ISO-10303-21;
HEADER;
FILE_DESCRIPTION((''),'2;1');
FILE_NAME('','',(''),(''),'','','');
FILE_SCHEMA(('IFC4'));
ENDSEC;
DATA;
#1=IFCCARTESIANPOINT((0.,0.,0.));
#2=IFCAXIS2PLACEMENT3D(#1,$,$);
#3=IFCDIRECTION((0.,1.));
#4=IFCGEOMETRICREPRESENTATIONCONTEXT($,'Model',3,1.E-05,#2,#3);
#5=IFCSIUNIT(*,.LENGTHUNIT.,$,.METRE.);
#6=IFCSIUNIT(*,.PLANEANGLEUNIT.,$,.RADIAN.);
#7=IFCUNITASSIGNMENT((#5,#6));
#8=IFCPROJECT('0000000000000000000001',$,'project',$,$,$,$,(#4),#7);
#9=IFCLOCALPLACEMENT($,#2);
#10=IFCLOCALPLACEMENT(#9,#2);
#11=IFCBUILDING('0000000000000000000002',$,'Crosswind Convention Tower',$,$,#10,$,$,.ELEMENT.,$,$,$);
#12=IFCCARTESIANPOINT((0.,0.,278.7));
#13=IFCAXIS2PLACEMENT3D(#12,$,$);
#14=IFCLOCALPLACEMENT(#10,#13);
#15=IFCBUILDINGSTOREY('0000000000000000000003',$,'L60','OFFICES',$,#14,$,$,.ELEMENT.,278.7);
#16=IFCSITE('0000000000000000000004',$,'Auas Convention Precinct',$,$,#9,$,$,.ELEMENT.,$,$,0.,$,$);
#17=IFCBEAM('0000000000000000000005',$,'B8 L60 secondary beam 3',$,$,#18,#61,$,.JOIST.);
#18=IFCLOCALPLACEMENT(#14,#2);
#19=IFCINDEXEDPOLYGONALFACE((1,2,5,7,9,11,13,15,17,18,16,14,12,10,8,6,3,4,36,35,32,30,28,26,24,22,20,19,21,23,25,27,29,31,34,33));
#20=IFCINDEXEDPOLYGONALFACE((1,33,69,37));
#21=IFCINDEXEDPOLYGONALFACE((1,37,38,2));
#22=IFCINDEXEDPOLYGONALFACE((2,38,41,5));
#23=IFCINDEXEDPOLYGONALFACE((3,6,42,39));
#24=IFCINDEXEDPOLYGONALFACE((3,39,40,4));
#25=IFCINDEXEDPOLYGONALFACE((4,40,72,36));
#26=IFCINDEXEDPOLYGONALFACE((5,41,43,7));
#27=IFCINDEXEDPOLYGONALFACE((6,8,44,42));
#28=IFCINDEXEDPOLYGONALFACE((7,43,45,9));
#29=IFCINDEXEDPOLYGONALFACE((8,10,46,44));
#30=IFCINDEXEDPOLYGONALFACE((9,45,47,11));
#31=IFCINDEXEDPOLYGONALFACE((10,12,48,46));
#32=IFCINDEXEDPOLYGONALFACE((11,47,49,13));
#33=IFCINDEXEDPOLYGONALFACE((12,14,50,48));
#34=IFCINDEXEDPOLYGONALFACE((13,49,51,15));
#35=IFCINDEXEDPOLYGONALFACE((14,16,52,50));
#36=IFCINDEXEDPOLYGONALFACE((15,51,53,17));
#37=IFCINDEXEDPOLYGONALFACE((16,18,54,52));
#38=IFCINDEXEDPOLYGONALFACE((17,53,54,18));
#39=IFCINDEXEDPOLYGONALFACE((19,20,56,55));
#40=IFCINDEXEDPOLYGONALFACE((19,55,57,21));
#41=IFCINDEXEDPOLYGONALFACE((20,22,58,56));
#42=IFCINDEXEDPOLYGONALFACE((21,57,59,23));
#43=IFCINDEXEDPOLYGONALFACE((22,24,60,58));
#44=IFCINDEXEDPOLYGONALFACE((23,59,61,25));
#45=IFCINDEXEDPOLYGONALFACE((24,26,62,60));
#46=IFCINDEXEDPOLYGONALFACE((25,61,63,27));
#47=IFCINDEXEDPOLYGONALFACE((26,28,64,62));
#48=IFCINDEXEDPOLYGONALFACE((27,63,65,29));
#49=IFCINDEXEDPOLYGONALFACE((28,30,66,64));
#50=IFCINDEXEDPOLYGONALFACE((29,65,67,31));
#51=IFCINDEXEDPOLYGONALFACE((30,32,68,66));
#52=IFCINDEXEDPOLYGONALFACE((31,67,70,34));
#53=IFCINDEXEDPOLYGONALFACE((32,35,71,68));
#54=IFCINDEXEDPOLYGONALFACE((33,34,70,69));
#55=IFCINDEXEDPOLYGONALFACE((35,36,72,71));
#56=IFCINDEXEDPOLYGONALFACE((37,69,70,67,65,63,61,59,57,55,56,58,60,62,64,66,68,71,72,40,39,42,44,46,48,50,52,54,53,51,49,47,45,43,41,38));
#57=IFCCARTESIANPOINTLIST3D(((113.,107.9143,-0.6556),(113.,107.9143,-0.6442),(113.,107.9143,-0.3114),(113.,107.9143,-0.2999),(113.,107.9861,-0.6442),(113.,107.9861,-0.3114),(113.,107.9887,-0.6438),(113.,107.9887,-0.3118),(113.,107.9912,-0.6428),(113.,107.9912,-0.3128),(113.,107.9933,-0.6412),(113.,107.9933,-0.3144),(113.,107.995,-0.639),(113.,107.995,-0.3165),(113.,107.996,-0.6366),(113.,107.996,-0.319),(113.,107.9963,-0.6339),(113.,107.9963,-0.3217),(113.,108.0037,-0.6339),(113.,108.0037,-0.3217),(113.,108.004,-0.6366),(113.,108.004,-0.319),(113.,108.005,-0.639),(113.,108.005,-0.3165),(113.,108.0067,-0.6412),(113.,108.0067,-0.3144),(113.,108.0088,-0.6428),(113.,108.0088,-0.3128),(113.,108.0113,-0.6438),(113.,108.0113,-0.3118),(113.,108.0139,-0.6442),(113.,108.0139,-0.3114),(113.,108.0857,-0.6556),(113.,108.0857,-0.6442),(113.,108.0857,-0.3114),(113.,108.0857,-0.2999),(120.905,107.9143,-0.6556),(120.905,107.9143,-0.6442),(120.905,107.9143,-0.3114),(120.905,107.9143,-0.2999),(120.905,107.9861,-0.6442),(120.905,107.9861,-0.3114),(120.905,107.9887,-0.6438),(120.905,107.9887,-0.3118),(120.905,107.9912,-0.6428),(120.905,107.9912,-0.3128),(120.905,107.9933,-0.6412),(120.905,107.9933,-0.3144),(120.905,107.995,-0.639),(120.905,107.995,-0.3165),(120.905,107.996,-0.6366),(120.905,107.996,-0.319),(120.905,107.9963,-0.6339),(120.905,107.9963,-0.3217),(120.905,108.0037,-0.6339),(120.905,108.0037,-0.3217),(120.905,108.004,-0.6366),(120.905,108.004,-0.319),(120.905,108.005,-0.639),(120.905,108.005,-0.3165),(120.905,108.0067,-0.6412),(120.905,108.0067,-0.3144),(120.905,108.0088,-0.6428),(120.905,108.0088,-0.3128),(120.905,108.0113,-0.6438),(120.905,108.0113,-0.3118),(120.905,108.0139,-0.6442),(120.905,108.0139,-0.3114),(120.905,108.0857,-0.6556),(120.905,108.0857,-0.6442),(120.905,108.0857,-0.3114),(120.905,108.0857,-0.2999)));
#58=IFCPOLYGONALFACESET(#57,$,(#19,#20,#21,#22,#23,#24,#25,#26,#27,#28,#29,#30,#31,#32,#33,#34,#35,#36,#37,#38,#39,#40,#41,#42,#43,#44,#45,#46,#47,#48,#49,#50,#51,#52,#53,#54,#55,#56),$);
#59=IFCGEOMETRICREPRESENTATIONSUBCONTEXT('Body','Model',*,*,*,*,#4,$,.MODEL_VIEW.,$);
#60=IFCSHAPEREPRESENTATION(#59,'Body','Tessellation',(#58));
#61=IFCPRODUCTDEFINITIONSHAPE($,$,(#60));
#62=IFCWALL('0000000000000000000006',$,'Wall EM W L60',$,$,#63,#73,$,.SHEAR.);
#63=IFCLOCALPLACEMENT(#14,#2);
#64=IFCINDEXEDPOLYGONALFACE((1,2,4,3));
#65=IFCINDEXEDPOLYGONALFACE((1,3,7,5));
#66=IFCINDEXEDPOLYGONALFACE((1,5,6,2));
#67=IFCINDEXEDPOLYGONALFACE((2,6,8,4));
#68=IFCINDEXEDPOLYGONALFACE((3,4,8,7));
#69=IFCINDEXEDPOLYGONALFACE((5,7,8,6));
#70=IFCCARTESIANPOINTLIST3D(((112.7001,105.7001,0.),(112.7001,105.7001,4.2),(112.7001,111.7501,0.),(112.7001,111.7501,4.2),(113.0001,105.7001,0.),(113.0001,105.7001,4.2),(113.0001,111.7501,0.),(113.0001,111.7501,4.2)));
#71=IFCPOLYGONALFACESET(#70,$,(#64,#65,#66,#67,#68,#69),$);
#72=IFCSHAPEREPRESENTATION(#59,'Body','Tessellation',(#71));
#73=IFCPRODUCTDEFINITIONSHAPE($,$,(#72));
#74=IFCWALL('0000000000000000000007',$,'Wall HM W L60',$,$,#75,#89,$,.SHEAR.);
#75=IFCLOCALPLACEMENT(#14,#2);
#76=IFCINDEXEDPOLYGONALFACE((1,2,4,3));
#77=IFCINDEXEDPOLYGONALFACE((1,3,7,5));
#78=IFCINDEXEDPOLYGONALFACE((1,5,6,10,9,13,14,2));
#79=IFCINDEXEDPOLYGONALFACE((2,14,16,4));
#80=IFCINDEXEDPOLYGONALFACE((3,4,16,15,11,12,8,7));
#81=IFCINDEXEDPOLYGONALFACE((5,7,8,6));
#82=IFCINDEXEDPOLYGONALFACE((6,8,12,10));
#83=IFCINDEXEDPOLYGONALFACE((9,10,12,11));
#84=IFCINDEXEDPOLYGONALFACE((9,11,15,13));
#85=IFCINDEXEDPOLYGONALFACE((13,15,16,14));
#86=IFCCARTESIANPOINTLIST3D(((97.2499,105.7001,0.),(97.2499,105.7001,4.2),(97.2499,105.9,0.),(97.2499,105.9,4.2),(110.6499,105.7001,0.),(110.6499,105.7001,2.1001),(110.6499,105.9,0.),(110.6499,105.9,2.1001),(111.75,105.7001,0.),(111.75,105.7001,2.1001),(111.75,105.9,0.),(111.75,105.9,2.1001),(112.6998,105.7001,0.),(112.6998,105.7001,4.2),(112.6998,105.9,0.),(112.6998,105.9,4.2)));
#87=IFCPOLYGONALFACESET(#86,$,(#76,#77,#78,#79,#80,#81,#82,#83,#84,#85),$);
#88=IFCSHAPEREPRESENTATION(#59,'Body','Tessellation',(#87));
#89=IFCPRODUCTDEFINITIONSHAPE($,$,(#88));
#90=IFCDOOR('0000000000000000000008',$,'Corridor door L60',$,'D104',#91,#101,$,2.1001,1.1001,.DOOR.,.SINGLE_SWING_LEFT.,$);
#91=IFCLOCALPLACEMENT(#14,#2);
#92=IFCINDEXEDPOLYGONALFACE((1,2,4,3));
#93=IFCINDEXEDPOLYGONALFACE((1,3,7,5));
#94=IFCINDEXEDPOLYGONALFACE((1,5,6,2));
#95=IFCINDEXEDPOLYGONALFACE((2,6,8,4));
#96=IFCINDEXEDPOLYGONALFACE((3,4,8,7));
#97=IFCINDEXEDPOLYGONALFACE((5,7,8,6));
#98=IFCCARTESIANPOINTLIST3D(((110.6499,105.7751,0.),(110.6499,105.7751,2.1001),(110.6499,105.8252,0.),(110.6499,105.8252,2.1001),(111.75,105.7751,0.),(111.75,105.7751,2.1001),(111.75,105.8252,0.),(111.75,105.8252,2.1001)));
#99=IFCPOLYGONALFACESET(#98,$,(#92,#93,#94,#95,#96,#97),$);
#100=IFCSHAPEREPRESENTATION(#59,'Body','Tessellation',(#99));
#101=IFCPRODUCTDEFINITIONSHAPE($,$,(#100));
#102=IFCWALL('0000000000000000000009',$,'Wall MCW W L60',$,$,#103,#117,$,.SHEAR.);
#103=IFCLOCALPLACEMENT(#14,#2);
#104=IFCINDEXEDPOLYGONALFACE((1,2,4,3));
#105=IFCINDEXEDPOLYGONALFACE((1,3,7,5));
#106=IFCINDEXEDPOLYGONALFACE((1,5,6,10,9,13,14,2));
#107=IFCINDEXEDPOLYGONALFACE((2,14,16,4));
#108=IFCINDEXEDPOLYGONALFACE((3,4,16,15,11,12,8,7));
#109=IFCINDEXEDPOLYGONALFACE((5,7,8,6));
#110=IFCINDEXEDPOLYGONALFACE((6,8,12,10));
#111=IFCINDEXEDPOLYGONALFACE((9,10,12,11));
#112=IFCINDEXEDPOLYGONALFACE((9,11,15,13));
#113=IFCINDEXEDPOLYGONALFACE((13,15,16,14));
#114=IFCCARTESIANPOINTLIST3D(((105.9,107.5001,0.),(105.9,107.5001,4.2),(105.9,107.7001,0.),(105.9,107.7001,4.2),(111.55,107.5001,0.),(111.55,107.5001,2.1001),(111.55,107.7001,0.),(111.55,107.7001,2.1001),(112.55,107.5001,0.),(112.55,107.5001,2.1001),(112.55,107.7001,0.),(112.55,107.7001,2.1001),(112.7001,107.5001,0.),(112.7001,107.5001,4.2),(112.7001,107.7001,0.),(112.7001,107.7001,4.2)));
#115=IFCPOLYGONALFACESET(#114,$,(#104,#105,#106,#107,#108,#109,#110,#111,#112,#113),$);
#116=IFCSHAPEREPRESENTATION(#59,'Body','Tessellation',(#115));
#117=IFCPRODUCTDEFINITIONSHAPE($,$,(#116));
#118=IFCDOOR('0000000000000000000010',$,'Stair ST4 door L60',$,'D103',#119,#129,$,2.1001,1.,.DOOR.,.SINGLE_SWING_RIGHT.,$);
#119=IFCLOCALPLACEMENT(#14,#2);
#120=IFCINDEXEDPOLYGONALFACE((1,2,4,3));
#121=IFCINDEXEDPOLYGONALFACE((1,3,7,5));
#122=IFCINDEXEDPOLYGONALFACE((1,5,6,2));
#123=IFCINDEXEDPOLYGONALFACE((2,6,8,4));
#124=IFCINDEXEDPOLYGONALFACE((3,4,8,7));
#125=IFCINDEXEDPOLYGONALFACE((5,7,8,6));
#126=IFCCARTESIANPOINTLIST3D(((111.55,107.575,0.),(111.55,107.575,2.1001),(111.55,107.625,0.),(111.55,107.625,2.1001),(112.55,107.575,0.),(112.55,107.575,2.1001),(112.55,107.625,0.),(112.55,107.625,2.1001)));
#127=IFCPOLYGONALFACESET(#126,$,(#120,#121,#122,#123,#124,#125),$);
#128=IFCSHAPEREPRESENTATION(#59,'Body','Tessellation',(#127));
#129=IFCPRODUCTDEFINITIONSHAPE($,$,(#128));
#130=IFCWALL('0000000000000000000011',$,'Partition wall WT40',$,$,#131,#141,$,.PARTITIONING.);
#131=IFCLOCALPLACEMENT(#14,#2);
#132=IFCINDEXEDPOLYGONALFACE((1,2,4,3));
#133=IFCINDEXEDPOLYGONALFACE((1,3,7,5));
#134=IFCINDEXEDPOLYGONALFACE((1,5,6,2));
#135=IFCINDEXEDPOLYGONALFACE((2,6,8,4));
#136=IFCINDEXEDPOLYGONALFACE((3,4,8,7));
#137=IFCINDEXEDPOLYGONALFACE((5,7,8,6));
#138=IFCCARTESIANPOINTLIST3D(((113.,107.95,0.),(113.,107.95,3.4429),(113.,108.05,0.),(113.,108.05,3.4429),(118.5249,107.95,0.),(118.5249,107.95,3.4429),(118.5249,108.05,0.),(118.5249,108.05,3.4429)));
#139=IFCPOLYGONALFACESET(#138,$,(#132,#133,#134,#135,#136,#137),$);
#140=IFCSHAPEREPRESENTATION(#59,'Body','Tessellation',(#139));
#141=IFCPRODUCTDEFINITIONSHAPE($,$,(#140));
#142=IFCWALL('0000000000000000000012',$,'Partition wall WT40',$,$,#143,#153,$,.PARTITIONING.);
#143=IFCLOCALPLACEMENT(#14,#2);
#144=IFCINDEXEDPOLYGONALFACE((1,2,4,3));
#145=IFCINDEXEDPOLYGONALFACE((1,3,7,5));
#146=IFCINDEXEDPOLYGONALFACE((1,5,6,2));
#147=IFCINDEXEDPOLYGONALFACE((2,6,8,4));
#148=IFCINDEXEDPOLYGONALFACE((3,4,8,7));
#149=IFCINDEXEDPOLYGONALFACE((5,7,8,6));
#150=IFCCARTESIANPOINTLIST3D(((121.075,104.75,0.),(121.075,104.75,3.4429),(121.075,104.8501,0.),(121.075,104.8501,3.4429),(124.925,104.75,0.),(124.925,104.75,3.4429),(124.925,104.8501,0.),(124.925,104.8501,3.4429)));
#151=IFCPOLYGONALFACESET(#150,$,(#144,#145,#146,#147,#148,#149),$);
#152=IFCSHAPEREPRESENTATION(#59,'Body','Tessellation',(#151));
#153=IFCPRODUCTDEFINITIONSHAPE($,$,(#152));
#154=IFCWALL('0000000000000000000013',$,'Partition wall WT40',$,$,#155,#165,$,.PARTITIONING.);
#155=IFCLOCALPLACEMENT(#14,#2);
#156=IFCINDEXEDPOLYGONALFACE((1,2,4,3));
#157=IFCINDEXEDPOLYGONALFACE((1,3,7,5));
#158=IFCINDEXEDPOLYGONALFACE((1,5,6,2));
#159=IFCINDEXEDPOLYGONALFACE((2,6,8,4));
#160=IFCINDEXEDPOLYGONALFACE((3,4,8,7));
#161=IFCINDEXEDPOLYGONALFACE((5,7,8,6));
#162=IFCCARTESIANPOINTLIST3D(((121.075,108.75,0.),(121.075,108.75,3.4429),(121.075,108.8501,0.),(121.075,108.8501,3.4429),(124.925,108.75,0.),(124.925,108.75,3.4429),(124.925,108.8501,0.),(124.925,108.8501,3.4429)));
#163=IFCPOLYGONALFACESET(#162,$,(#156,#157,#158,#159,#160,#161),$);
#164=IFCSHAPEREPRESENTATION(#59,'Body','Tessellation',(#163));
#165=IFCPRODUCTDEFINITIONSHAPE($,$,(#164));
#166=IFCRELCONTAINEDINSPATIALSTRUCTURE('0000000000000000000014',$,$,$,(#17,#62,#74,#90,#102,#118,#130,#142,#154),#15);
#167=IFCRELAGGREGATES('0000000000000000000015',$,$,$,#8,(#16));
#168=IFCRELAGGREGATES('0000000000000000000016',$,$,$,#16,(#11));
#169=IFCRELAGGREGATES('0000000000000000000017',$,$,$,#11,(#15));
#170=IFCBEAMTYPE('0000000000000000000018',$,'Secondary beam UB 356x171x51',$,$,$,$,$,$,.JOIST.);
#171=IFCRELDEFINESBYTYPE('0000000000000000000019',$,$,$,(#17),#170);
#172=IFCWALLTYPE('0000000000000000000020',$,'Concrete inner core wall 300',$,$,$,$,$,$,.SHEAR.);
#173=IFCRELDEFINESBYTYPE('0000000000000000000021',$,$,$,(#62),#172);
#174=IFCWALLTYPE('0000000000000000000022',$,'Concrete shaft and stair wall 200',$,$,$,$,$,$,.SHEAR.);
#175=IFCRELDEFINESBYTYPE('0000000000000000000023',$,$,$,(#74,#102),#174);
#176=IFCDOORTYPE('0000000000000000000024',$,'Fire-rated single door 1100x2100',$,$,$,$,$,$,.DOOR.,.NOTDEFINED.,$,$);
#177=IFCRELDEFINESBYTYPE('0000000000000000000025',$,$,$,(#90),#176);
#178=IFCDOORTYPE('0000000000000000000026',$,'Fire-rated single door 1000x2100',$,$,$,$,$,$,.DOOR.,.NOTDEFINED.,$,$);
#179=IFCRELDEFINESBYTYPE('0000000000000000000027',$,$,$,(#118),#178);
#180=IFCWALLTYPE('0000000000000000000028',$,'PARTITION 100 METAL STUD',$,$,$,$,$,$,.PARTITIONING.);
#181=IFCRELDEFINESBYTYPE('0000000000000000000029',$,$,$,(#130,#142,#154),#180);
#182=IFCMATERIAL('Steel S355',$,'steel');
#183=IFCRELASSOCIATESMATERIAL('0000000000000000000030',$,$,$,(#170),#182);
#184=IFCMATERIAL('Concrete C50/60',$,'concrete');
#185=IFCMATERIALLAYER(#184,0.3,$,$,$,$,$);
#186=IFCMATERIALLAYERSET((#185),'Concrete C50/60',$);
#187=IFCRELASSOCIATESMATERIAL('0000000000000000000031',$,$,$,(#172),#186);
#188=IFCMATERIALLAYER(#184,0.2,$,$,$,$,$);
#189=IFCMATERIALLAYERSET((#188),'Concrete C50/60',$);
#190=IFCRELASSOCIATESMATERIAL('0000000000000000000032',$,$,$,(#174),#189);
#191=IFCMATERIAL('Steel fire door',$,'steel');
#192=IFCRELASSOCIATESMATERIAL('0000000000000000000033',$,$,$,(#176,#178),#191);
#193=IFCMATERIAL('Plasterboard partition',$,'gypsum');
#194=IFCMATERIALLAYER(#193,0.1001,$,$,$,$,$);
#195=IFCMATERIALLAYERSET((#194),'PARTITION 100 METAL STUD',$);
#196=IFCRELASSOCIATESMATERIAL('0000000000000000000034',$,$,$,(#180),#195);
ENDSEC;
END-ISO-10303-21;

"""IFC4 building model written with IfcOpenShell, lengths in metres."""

from ifc_helpers import new_model, si_unit, direction, frame, frame_2d, origin, origin_2d, place, context, subcontext, project, spatial, rectangle, i_section, extrude, material, layer, layer_set, material_profile, profile_set, type_object, element, fill, save


model = new_model("IFC4")

# Units and contexts
model_context = context("Model", 3, precision=1e-05, world=origin(), true_north=direction((0.0, 1.0)))
body_context = subcontext(model_context, "Body", "Model", "MODEL_VIEW")
ifc_project = project(units=[si_unit("LENGTHUNIT", "METRE"), si_unit("PLANEANGLEUNIT", "RADIAN")], contexts=[model_context])

# Site, building, storey
site_placement = place(None, origin())
site = spatial("IfcSite", under=ifc_project, at=site_placement, Name="Auas Convention Precinct", CompositionType="ELEMENT", RefElevation=0.0)
building_placement = place(site_placement, origin())
building = spatial("IfcBuilding", under=site, at=building_placement, Name="Crosswind Convention Tower", CompositionType="ELEMENT")
storey_placement = place(building_placement, frame((0.0, 0.0, 278.7)))
storey = spatial("IfcBuildingStorey", under=building, at=storey_placement, Name="L60", Description="OFFICES", CompositionType="ELEMENT", Elevation=278.7)

# Beam
ifc_material_1 = material(Name="Steel S355", Category="steel")
ifc_material_profile_1 = material_profile(ifc_material_1, i_section(OverallWidth=0.1714, OverallDepth=0.3557, WebThickness=0.0073, FlangeThickness=0.0115, FilletRadius=0.0103, at=origin_2d()), Name="UB 356x171x51")
ifc_profile_set_1 = profile_set([ifc_material_profile_1], Name="Steel S355")
beam_type_1 = type_object("IfcBeamType", Name="Secondary beam UB 356x171x51", PredefinedType="JOIST", material=ifc_profile_set_1)
for number, where, z_axis, x_axis, name in (
    (1, (113.0, 108.0, -0.4778), (1.0, 0.0, 0.0), (0.0, 1.0, 0.0), "B8 L60 secondary beam 3"),
):
    element("IfcBeam", number, at=place(storey_placement, frame(where, z_axis=z_axis, x_axis=x_axis)), inside=storey, type_object=beam_type_1, Name=name, PredefinedType="JOIST", context=body_context, shape_type="SweptSolid", body=[
        extrude(i_section(OverallWidth=0.1714, OverallDepth=0.3557, WebThickness=0.0073, FlangeThickness=0.0115, FilletRadius=0.0103, at=origin_2d()), origin(), (0.0, 0.0, 1.0), 7.905),
    ])

# Shared definitions
ifc_material_2 = material(Name="Concrete C50/60", Category="concrete")
ifc_layer_1 = layer(ifc_material_2, 0.3)
ifc_layer_set_1 = layer_set([ifc_layer_1], Name="Concrete C50/60")
wall_type_1 = type_object("IfcWallType", Name="Concrete inner core wall 300", PredefinedType="SHEAR", material=ifc_layer_set_1)

# Wall
wall_1_placement = place(storey_placement, frame((112.8501, 111.75, 0.0), z_axis=(0.0, 0.0, 1.0), x_axis=(0.0, -1.0, 0.0)))
element("IfcWall", 2, at=wall_1_placement, inside=storey, type_object=wall_type_1, Name="Wall EM W L60", PredefinedType="SHEAR", context=body_context, shape_type="SweptSolid", body=[
    extrude(rectangle(XDim=6.05, YDim=0.3, at=frame_2d((3.0249, 0.0))), origin(), (0.0, 0.0, 1.0), 4.2),
])

# Walls, openings, doors
ifc_layer_2 = layer(ifc_material_2, 0.2)
ifc_layer_set_2 = layer_set([ifc_layer_2], Name="Concrete C50/60")
wall_type_2 = type_object("IfcWallType", Name="Concrete shaft and stair wall 200", PredefinedType="SHEAR", material=ifc_layer_set_2)
wall_2_placement = place(storey_placement, frame((112.7, 105.8, 0.0), z_axis=(0.0, 0.0, 1.0), x_axis=(-1.0, 0.0, 0.0)))
wall_2 = element("IfcWall", 3, at=wall_2_placement, inside=storey, type_object=wall_type_2, Name="Wall HM W L60", PredefinedType="SHEAR", context=body_context, shape_type="SweptSolid", body=[
    extrude(rectangle(XDim=15.45, YDim=0.2, at=frame_2d((7.7251, 0.0))), origin(), (0.0, 0.0, 1.0), 4.2),
])
opening_1_placement = place(wall_2_placement, frame((0.95, 0.0, 0.0)))
opening_1 = element("IfcOpeningElement", 4, at=opening_1_placement, cuts=wall_2, PredefinedType="OPENING", context=body_context, shape_type="SweptSolid", body=[
    extrude(rectangle(XDim=1.1001, YDim=2.1001, at=frame_2d((0.55, 1.05))), frame((0.0, 0.1099, 0.0), z_axis=(0.0, -1.0, 0.0), x_axis=(1.0, 0.0, 0.0)), (0.0, 0.0, 1.0), 0.22),
])
ifc_material_3 = material(Name="Steel fire door", Category="steel")
door_type_1 = type_object("IfcDoorType", Name="Fire-rated single door 1100x2100", OperationType="NOTDEFINED", PredefinedType="DOOR", material=ifc_material_3)
door_1_placement = place(opening_1_placement, origin())
door_1 = element("IfcDoor", 5, at=door_1_placement, inside=storey, type_object=door_type_1, Name="Corridor door L60", ObjectType="D104", OperationType="SINGLE_SWING_LEFT", OverallHeight=2.1001, OverallWidth=1.1001, PredefinedType="DOOR", context=body_context, shape_type="SweptSolid", body=[
    extrude(rectangle(XDim=1.1001, YDim=2.1001, at=frame_2d((0.55, 1.05))), frame((0.0, 0.0249, 0.0), z_axis=(0.0, -1.0, 0.0), x_axis=(1.0, 0.0, 0.0)), (0.0, 0.0, 1.0), 0.05),
])
fill(opening_1, door_1)
wall_3_placement = place(storey_placement, frame((112.7, 107.6001, 0.0), z_axis=(0.0, 0.0, 1.0), x_axis=(-1.0, 0.0, 0.0)))
wall_3 = element("IfcWall", 6, at=wall_3_placement, inside=storey, type_object=wall_type_2, Name="Wall MCW W L60", PredefinedType="SHEAR", context=body_context, shape_type="SweptSolid", body=[
    extrude(rectangle(XDim=6.8, YDim=0.2, at=frame_2d((3.3999, 0.0))), origin(), (0.0, 0.0, 1.0), 4.2),
])
opening_2_placement = place(wall_3_placement, frame((0.1499, 0.0, 0.0)))
opening_2 = element("IfcOpeningElement", 7, at=opening_2_placement, cuts=wall_3, PredefinedType="OPENING", context=body_context, shape_type="SweptSolid", body=[
    extrude(rectangle(XDim=1.0, YDim=2.1001, at=frame_2d((0.5, 1.05))), frame((0.0, 0.1099, 0.0), z_axis=(0.0, -1.0, 0.0), x_axis=(1.0, 0.0, 0.0)), (0.0, 0.0, 1.0), 0.22),
])
door_type_2 = type_object("IfcDoorType", Name="Fire-rated single door 1000x2100", OperationType="NOTDEFINED", PredefinedType="DOOR", material=ifc_material_3)
door_2_placement = place(opening_2_placement, frame((1.0, 0.0, 0.0), z_axis=(0.0, 0.0, 1.0), x_axis=(-1.0, 0.0, 0.0)))
door_2 = element("IfcDoor", 8, at=door_2_placement, inside=storey, type_object=door_type_2, Name="Stair ST4 door L60", ObjectType="D103", OperationType="SINGLE_SWING_RIGHT", OverallHeight=2.1001, OverallWidth=1.0, PredefinedType="DOOR", context=body_context, shape_type="SweptSolid", body=[
    extrude(rectangle(XDim=1.0, YDim=2.1001, at=frame_2d((0.5, 1.05))), frame((0.0, 0.0249, 0.0), z_axis=(0.0, -1.0, 0.0), x_axis=(1.0, 0.0, 0.0)), (0.0, 0.0, 1.0), 0.05),
])
fill(opening_2, door_2)

# Walls
ifc_material_4 = material(Name="Plasterboard partition", Category="gypsum")
ifc_layer_3 = layer(ifc_material_4, 0.1001)
ifc_layer_set_3 = layer_set([ifc_layer_3], Name="PARTITION 100 METAL STUD")
wall_type_3 = type_object("IfcWallType", Name="PARTITION 100 METAL STUD", PredefinedType="PARTITIONING", material=ifc_layer_set_3)
wall_4_placement = place(storey_placement, frame((113.0, 108.0, 0.0), z_axis=(0.0, 0.0, 1.0), x_axis=(1.0, 0.0, 0.0)))
element("IfcWall", 9, at=wall_4_placement, inside=storey, type_object=wall_type_3, Name="Partition wall WT40", PredefinedType="PARTITIONING", context=body_context, shape_type="SweptSolid", body=[
    extrude(rectangle(XDim=5.5249, YDim=0.1001, at=frame_2d((2.7625, 0.0))), origin(), (0.0, 0.0, 1.0), 3.4429),
])
for number, where, z_axis, x_axis, name in (
    (10, (121.075, 104.8, 0.0), (0.0, 0.0, 1.0), (1.0, 0.0, 0.0), "Partition wall WT40"),
    (11, (121.075, 108.8, 0.0), (0.0, 0.0, 1.0), (1.0, 0.0, 0.0), "Partition wall WT40"),
):
    element("IfcWall", number, at=place(storey_placement, frame(where, z_axis=z_axis, x_axis=x_axis)), inside=storey, type_object=wall_type_3, Name=name, PredefinedType="PARTITIONING", context=body_context, shape_type="SweptSolid", body=[
        extrude(rectangle(XDim=3.8501, YDim=0.1001, at=frame_2d((1.925, 0.0))), origin(), (0.0, 0.0, 1.0), 3.4429),
    ])

save(model, "model.ifc")
